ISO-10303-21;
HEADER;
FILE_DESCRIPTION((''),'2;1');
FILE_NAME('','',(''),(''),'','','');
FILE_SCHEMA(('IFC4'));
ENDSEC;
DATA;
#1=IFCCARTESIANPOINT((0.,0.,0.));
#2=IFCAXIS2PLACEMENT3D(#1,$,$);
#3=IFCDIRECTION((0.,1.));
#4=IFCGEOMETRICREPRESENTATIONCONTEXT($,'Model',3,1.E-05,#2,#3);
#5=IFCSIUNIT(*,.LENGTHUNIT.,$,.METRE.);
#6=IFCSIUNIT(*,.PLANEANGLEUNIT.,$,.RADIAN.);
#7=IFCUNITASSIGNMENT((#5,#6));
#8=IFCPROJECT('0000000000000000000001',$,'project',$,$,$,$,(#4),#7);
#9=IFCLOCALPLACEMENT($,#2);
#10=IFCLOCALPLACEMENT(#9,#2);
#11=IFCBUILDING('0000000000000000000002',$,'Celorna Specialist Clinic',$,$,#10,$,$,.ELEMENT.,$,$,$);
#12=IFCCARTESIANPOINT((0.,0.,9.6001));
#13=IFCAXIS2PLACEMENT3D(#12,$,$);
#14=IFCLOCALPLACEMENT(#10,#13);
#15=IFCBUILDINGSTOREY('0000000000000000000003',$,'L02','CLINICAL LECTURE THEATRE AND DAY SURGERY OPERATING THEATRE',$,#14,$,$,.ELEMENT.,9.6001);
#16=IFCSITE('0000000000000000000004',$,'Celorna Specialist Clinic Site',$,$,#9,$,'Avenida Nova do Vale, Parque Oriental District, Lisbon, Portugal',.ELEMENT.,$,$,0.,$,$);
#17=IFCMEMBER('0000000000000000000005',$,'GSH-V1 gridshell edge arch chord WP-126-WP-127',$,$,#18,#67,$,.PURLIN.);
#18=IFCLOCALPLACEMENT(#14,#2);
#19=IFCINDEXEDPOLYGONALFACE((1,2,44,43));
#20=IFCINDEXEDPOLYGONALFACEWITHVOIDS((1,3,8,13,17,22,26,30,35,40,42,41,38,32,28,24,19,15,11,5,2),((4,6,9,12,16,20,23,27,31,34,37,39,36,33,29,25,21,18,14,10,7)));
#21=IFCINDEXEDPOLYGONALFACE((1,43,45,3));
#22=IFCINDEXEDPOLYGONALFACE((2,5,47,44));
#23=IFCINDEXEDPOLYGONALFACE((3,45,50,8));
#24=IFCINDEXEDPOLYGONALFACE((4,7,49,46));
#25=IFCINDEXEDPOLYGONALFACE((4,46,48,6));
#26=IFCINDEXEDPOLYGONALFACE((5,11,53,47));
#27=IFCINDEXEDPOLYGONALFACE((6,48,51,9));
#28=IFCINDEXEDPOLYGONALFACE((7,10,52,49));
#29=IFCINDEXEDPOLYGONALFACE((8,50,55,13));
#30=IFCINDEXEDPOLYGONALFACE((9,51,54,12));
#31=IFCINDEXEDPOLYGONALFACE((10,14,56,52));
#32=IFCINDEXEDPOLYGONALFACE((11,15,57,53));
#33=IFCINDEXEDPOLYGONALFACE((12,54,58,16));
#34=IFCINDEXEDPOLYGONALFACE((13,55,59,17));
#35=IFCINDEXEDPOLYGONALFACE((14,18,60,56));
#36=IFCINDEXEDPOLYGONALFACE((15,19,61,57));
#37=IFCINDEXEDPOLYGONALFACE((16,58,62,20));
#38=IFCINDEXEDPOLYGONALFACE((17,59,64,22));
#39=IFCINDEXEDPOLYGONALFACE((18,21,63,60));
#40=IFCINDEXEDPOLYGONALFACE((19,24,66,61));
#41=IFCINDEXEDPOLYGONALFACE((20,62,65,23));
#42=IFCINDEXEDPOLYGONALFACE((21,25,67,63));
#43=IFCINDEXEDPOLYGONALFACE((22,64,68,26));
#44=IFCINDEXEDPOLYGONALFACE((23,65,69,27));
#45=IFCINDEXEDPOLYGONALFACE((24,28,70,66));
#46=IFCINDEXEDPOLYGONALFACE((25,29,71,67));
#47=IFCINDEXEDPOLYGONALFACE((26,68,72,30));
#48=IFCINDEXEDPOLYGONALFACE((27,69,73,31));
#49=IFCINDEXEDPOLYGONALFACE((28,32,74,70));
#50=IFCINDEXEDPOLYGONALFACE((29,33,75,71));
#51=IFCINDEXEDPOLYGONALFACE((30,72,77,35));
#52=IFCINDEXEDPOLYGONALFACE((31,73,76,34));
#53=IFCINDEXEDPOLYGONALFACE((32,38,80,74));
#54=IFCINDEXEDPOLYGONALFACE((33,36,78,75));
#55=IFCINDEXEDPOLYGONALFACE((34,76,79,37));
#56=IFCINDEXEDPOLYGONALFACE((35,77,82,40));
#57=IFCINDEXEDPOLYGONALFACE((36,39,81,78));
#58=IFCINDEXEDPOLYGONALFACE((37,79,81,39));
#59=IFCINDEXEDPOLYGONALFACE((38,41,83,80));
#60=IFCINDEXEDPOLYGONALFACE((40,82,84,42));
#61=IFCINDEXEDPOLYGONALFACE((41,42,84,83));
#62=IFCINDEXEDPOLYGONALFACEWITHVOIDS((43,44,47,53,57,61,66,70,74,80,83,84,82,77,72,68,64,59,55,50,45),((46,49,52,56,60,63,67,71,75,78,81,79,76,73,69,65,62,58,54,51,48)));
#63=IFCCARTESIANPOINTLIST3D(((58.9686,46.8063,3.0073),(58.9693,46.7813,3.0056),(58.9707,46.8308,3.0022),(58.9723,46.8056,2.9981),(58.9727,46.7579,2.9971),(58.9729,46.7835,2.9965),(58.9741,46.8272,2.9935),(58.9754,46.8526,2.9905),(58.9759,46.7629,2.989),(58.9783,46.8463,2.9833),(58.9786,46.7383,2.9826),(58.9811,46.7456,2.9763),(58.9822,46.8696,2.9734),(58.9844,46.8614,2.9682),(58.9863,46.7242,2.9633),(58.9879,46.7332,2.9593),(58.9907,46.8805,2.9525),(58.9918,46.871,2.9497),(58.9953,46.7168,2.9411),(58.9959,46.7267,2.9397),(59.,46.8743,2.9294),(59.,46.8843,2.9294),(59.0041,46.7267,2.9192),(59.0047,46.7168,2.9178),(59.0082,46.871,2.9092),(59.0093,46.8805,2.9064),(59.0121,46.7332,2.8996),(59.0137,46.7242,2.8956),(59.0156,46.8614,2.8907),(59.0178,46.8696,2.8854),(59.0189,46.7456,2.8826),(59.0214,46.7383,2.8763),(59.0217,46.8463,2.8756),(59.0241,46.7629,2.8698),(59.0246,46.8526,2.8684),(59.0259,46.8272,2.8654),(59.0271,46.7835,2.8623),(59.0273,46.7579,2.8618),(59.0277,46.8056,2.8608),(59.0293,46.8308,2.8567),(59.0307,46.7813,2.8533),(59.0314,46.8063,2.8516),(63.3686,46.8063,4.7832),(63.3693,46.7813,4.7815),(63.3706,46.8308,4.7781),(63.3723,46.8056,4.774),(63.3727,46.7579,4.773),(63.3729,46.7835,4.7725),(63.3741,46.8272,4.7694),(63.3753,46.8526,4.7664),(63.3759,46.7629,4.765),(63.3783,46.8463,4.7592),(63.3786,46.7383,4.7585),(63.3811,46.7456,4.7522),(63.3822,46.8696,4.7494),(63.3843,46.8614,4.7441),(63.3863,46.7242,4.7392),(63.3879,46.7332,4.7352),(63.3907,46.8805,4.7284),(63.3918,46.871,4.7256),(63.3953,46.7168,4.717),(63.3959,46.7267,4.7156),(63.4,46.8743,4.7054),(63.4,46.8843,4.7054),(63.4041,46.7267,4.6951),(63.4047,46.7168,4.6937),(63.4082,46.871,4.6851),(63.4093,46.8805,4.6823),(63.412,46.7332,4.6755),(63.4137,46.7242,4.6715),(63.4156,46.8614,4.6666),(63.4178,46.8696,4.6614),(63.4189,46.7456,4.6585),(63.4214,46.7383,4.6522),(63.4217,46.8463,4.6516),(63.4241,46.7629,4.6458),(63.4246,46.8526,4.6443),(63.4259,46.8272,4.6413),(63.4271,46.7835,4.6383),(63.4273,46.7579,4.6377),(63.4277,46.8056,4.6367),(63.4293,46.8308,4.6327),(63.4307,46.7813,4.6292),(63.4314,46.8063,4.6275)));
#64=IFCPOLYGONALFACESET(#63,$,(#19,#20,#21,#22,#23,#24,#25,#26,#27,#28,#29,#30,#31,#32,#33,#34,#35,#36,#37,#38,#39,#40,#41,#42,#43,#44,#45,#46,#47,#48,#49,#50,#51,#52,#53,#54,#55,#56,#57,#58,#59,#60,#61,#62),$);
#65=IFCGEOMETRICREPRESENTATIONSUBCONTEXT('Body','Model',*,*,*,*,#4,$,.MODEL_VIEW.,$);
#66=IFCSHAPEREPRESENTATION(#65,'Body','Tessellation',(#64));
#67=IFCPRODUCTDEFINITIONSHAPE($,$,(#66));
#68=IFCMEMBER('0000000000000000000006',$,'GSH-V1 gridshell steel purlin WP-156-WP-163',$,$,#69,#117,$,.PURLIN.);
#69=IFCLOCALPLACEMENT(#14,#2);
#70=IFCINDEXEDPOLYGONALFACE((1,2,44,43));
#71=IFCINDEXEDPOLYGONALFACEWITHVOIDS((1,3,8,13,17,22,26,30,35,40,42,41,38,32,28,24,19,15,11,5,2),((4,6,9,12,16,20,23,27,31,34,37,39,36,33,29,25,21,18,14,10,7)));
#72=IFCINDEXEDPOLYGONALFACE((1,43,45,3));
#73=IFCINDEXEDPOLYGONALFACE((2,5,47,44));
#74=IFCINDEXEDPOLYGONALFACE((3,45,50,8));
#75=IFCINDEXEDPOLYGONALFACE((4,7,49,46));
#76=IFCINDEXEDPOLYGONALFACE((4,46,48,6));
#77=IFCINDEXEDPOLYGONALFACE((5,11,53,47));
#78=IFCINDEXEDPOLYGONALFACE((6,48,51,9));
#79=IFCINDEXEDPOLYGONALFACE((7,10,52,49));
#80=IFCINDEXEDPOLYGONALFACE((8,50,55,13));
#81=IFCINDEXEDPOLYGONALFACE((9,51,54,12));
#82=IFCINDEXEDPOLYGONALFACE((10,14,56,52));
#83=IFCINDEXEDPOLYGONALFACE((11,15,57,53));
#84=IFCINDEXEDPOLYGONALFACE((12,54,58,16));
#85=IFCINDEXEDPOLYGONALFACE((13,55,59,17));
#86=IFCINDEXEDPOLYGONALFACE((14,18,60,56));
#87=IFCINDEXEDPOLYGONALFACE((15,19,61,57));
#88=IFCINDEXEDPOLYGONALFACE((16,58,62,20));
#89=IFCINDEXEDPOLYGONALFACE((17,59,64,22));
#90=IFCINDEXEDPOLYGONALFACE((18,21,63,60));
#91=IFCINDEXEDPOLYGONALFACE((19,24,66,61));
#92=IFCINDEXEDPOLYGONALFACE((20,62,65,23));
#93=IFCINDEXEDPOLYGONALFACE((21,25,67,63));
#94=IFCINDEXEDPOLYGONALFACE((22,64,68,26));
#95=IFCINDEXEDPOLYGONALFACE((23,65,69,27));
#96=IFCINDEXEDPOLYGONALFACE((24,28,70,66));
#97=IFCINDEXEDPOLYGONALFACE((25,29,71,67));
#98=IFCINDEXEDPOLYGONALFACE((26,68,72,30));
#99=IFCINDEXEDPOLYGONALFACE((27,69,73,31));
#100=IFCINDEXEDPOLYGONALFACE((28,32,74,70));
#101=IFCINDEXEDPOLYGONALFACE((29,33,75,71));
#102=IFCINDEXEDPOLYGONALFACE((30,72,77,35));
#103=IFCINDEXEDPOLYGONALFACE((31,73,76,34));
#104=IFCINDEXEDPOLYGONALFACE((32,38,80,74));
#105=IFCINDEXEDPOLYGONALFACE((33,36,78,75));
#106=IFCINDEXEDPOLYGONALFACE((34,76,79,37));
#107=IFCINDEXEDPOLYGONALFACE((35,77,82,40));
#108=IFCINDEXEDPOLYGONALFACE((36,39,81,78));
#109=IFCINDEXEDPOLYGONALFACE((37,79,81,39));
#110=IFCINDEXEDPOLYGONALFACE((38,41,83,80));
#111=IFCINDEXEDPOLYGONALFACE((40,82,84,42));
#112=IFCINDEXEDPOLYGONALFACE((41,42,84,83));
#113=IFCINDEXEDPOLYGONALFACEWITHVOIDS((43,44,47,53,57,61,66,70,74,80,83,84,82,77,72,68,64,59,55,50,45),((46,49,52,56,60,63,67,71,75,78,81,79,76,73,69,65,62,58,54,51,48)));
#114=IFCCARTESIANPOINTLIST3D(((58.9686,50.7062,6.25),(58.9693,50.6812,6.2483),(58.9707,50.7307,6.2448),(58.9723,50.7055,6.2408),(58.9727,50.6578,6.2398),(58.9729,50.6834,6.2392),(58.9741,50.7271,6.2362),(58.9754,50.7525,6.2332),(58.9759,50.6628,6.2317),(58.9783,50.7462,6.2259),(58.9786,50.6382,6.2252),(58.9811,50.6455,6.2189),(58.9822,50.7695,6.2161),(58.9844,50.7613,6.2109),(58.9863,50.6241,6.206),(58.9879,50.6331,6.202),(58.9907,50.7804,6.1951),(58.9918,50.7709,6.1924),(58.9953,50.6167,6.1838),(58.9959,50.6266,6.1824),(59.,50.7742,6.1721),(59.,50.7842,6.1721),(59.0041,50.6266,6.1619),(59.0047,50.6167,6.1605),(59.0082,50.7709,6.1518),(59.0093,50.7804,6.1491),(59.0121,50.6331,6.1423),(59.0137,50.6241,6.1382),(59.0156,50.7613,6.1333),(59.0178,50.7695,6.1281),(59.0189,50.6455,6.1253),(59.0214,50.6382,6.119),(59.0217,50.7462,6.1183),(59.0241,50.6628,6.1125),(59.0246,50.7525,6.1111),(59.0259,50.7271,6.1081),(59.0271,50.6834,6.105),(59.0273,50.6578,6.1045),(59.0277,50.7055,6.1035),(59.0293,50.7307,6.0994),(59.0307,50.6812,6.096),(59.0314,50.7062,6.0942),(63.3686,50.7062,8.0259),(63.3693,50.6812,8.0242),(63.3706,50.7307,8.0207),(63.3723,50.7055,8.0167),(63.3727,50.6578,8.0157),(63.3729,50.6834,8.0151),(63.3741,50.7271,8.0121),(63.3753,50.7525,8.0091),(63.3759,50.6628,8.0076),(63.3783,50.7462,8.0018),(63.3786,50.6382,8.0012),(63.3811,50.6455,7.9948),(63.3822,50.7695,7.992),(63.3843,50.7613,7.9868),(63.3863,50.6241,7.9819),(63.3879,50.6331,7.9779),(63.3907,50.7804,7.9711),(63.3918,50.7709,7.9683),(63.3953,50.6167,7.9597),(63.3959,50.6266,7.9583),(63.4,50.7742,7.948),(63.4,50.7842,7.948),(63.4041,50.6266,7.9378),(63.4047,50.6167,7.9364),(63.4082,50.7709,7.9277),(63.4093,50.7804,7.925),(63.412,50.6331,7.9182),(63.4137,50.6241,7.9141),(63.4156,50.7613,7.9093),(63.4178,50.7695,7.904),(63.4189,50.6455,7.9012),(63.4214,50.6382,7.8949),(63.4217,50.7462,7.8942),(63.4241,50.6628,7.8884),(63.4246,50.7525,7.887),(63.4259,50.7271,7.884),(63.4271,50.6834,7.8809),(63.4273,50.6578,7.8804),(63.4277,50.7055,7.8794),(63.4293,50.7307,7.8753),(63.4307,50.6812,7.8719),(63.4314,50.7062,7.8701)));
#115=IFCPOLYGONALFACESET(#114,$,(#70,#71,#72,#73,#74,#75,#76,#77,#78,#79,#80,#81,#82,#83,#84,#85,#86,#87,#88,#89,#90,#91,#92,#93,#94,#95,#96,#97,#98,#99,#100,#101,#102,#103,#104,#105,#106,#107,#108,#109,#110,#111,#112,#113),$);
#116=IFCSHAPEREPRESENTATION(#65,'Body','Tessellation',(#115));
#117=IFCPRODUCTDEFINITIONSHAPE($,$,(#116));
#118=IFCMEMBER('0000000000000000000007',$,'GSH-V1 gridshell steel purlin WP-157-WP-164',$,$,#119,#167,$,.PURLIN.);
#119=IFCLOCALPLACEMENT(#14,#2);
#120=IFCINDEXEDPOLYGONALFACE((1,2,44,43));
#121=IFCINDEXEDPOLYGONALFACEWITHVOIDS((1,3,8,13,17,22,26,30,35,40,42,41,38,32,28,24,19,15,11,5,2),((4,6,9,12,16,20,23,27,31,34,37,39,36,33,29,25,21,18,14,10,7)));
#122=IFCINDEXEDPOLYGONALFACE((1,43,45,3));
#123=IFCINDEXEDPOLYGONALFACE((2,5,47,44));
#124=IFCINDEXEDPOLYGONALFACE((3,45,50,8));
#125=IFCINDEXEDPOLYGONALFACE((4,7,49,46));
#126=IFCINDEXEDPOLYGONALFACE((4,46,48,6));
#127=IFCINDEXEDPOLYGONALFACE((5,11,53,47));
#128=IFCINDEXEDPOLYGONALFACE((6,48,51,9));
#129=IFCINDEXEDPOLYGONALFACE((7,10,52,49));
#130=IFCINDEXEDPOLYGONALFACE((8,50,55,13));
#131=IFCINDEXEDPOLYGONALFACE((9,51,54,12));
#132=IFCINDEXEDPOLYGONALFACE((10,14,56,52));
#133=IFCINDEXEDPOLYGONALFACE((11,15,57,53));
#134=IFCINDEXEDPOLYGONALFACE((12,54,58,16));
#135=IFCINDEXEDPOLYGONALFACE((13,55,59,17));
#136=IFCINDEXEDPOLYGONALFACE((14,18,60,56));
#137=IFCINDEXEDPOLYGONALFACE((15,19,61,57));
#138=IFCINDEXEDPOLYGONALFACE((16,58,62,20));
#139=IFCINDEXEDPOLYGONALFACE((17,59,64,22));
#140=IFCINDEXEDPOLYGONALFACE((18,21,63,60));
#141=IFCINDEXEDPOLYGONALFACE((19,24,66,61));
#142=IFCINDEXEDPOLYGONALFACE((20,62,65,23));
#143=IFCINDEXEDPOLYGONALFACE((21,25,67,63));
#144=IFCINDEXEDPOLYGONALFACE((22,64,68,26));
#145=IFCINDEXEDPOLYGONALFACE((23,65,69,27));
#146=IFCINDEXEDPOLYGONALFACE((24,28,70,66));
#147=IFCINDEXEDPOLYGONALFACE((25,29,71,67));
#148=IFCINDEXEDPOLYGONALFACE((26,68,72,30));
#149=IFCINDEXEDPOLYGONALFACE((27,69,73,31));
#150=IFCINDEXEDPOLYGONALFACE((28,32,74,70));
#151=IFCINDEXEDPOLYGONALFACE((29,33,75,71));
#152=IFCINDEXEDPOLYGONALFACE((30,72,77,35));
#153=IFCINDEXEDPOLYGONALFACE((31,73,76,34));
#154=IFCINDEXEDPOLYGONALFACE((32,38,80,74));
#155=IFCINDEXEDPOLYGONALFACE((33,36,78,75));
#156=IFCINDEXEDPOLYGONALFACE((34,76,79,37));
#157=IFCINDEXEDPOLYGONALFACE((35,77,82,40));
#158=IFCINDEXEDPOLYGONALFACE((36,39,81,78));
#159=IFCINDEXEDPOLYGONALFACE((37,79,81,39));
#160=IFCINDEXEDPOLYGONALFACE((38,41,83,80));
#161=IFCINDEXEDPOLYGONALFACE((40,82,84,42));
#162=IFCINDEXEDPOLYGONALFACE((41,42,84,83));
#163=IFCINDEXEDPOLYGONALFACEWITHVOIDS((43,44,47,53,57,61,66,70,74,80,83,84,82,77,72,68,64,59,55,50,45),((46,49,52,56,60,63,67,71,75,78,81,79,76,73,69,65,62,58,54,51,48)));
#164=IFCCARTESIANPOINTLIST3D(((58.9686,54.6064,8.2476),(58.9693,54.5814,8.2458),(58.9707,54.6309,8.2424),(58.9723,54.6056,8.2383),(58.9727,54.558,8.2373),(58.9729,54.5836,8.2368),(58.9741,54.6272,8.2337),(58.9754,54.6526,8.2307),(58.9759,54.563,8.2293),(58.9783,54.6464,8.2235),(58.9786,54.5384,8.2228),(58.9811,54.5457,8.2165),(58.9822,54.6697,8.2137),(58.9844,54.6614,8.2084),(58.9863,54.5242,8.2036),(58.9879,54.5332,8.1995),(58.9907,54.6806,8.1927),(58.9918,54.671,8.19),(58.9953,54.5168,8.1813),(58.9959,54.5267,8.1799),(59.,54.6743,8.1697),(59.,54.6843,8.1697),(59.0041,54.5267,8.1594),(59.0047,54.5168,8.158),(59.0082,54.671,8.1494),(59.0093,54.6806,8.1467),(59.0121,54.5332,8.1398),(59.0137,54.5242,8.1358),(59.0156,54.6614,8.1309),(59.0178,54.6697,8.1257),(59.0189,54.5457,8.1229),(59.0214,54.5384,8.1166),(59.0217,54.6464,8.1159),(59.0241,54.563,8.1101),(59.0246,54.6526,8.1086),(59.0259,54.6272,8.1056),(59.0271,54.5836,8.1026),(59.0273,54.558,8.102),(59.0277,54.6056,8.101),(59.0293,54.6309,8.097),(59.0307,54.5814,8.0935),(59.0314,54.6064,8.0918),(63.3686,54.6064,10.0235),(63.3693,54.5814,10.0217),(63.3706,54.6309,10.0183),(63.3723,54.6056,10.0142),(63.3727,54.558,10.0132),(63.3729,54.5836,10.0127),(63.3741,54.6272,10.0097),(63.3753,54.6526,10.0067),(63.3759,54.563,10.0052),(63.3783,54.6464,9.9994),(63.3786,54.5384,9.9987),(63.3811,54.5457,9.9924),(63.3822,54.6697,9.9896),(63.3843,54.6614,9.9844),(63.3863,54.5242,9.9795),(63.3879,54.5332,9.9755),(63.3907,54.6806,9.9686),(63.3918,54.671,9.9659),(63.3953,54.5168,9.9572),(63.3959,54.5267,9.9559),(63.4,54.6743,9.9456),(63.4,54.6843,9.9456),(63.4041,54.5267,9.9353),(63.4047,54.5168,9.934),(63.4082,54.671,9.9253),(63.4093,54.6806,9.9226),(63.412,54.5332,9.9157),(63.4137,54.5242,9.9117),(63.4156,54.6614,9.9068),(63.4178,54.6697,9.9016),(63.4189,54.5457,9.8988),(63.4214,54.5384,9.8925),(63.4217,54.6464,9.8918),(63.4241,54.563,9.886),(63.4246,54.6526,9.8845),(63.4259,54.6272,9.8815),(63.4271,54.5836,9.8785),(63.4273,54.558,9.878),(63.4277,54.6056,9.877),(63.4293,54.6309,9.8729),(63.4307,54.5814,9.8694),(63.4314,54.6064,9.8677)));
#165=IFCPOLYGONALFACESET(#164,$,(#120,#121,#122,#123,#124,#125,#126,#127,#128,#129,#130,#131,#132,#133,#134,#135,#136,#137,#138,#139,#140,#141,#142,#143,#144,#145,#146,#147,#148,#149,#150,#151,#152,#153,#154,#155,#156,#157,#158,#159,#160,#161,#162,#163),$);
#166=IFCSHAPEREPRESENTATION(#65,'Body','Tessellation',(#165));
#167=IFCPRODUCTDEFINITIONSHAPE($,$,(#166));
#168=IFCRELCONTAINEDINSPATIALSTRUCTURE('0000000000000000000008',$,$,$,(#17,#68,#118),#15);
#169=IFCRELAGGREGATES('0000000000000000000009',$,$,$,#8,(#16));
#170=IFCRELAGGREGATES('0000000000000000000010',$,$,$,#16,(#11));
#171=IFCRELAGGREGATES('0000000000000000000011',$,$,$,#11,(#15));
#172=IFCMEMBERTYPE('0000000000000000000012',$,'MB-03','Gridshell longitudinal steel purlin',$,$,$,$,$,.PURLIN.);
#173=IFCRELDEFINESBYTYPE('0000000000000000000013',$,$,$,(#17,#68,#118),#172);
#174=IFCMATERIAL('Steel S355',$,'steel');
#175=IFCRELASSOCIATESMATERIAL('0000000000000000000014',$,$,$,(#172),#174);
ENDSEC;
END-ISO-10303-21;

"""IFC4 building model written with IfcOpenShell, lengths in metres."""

from ifc_helpers import new_model, si_unit, direction, frame, origin, origin_2d, place, context, subcontext, project, spatial, hollow_circle, extrude, material, material_profile, profile_set, type_object, element, save


model = new_model("IFC4")

# Units and contexts
model_context = context("Model", 3, precision=1e-05, world=origin(), true_north=direction((0.0, 1.0)))
body_context = subcontext(model_context, "Body", "Model", "MODEL_VIEW")
ifc_project = project(units=[si_unit("LENGTHUNIT", "METRE"), si_unit("PLANEANGLEUNIT", "RADIAN")], contexts=[model_context])

# Site, building, storey
site_placement = place(None, origin())
site = spatial("IfcSite", under=ifc_project, at=site_placement, Name="Celorna Specialist Clinic Site", LongName="Avenida Nova do Vale, Parque Oriental District, Lisbon, Portugal", CompositionType="ELEMENT", RefElevation=0.0)
building_placement = place(site_placement, origin())
building = spatial("IfcBuilding", under=site, at=building_placement, Name="Celorna Specialist Clinic", CompositionType="ELEMENT")
storey_placement = place(building_placement, frame((0.0, 0.0, 9.6001)))
storey = spatial("IfcBuildingStorey", under=building, at=storey_placement, Name="L02", Description="CLINICAL LECTURE THEATRE AND DAY SURGERY OPERATING THEATRE", CompositionType="ELEMENT", Elevation=9.6001)

# Shared definitions
ifc_material_1 = material(Name="Steel S355", Category="steel")

# Members
ifc_material_profile_1 = material_profile(ifc_material_1, hollow_circle(Radius=0.0842, WallThickness=0.01, at=origin_2d()), Name="CHS 168.3x10")
ifc_profile_set_1 = profile_set([ifc_material_profile_1], Name="Steel S355")
member_type_1 = type_object("IfcMemberType", Name="MB-03", Description="Gridshell longitudinal steel purlin", PredefinedType="PURLIN", material=ifc_profile_set_1)
for number, where, z_axis, x_axis, name in (
    (1, (59.0, 46.8, 2.9294), (0.927315, 0.0, 0.374281), (0.0, 1.0, 0.0), "GSH-V1 gridshell edge arch chord WP-126-WP-127"),
    (2, (59.0, 50.7, 6.1721), (0.927315, 0.0, 0.374281), (0.0, 1.0, 0.0), "GSH-V1 gridshell steel purlin WP-156-WP-163"),
    (3, (59.0, 54.6001, 8.1697), (0.927315, 0.0, 0.374281), (0.0, 1.0, 0.0), "GSH-V1 gridshell steel purlin WP-157-WP-164"),
):
    element("IfcMember", number, at=place(storey_placement, frame(where, z_axis=z_axis, x_axis=x_axis)), inside=storey, type_object=member_type_1, Name=name, PredefinedType="PURLIN", context=body_context, shape_type="SweptSolid", body=[
        extrude(hollow_circle(Radius=0.0842, WallThickness=0.01, at=origin_2d()), origin(), (0.0, 0.0, 1.0), 4.7449),
    ])

save(model, "model.ifc")
